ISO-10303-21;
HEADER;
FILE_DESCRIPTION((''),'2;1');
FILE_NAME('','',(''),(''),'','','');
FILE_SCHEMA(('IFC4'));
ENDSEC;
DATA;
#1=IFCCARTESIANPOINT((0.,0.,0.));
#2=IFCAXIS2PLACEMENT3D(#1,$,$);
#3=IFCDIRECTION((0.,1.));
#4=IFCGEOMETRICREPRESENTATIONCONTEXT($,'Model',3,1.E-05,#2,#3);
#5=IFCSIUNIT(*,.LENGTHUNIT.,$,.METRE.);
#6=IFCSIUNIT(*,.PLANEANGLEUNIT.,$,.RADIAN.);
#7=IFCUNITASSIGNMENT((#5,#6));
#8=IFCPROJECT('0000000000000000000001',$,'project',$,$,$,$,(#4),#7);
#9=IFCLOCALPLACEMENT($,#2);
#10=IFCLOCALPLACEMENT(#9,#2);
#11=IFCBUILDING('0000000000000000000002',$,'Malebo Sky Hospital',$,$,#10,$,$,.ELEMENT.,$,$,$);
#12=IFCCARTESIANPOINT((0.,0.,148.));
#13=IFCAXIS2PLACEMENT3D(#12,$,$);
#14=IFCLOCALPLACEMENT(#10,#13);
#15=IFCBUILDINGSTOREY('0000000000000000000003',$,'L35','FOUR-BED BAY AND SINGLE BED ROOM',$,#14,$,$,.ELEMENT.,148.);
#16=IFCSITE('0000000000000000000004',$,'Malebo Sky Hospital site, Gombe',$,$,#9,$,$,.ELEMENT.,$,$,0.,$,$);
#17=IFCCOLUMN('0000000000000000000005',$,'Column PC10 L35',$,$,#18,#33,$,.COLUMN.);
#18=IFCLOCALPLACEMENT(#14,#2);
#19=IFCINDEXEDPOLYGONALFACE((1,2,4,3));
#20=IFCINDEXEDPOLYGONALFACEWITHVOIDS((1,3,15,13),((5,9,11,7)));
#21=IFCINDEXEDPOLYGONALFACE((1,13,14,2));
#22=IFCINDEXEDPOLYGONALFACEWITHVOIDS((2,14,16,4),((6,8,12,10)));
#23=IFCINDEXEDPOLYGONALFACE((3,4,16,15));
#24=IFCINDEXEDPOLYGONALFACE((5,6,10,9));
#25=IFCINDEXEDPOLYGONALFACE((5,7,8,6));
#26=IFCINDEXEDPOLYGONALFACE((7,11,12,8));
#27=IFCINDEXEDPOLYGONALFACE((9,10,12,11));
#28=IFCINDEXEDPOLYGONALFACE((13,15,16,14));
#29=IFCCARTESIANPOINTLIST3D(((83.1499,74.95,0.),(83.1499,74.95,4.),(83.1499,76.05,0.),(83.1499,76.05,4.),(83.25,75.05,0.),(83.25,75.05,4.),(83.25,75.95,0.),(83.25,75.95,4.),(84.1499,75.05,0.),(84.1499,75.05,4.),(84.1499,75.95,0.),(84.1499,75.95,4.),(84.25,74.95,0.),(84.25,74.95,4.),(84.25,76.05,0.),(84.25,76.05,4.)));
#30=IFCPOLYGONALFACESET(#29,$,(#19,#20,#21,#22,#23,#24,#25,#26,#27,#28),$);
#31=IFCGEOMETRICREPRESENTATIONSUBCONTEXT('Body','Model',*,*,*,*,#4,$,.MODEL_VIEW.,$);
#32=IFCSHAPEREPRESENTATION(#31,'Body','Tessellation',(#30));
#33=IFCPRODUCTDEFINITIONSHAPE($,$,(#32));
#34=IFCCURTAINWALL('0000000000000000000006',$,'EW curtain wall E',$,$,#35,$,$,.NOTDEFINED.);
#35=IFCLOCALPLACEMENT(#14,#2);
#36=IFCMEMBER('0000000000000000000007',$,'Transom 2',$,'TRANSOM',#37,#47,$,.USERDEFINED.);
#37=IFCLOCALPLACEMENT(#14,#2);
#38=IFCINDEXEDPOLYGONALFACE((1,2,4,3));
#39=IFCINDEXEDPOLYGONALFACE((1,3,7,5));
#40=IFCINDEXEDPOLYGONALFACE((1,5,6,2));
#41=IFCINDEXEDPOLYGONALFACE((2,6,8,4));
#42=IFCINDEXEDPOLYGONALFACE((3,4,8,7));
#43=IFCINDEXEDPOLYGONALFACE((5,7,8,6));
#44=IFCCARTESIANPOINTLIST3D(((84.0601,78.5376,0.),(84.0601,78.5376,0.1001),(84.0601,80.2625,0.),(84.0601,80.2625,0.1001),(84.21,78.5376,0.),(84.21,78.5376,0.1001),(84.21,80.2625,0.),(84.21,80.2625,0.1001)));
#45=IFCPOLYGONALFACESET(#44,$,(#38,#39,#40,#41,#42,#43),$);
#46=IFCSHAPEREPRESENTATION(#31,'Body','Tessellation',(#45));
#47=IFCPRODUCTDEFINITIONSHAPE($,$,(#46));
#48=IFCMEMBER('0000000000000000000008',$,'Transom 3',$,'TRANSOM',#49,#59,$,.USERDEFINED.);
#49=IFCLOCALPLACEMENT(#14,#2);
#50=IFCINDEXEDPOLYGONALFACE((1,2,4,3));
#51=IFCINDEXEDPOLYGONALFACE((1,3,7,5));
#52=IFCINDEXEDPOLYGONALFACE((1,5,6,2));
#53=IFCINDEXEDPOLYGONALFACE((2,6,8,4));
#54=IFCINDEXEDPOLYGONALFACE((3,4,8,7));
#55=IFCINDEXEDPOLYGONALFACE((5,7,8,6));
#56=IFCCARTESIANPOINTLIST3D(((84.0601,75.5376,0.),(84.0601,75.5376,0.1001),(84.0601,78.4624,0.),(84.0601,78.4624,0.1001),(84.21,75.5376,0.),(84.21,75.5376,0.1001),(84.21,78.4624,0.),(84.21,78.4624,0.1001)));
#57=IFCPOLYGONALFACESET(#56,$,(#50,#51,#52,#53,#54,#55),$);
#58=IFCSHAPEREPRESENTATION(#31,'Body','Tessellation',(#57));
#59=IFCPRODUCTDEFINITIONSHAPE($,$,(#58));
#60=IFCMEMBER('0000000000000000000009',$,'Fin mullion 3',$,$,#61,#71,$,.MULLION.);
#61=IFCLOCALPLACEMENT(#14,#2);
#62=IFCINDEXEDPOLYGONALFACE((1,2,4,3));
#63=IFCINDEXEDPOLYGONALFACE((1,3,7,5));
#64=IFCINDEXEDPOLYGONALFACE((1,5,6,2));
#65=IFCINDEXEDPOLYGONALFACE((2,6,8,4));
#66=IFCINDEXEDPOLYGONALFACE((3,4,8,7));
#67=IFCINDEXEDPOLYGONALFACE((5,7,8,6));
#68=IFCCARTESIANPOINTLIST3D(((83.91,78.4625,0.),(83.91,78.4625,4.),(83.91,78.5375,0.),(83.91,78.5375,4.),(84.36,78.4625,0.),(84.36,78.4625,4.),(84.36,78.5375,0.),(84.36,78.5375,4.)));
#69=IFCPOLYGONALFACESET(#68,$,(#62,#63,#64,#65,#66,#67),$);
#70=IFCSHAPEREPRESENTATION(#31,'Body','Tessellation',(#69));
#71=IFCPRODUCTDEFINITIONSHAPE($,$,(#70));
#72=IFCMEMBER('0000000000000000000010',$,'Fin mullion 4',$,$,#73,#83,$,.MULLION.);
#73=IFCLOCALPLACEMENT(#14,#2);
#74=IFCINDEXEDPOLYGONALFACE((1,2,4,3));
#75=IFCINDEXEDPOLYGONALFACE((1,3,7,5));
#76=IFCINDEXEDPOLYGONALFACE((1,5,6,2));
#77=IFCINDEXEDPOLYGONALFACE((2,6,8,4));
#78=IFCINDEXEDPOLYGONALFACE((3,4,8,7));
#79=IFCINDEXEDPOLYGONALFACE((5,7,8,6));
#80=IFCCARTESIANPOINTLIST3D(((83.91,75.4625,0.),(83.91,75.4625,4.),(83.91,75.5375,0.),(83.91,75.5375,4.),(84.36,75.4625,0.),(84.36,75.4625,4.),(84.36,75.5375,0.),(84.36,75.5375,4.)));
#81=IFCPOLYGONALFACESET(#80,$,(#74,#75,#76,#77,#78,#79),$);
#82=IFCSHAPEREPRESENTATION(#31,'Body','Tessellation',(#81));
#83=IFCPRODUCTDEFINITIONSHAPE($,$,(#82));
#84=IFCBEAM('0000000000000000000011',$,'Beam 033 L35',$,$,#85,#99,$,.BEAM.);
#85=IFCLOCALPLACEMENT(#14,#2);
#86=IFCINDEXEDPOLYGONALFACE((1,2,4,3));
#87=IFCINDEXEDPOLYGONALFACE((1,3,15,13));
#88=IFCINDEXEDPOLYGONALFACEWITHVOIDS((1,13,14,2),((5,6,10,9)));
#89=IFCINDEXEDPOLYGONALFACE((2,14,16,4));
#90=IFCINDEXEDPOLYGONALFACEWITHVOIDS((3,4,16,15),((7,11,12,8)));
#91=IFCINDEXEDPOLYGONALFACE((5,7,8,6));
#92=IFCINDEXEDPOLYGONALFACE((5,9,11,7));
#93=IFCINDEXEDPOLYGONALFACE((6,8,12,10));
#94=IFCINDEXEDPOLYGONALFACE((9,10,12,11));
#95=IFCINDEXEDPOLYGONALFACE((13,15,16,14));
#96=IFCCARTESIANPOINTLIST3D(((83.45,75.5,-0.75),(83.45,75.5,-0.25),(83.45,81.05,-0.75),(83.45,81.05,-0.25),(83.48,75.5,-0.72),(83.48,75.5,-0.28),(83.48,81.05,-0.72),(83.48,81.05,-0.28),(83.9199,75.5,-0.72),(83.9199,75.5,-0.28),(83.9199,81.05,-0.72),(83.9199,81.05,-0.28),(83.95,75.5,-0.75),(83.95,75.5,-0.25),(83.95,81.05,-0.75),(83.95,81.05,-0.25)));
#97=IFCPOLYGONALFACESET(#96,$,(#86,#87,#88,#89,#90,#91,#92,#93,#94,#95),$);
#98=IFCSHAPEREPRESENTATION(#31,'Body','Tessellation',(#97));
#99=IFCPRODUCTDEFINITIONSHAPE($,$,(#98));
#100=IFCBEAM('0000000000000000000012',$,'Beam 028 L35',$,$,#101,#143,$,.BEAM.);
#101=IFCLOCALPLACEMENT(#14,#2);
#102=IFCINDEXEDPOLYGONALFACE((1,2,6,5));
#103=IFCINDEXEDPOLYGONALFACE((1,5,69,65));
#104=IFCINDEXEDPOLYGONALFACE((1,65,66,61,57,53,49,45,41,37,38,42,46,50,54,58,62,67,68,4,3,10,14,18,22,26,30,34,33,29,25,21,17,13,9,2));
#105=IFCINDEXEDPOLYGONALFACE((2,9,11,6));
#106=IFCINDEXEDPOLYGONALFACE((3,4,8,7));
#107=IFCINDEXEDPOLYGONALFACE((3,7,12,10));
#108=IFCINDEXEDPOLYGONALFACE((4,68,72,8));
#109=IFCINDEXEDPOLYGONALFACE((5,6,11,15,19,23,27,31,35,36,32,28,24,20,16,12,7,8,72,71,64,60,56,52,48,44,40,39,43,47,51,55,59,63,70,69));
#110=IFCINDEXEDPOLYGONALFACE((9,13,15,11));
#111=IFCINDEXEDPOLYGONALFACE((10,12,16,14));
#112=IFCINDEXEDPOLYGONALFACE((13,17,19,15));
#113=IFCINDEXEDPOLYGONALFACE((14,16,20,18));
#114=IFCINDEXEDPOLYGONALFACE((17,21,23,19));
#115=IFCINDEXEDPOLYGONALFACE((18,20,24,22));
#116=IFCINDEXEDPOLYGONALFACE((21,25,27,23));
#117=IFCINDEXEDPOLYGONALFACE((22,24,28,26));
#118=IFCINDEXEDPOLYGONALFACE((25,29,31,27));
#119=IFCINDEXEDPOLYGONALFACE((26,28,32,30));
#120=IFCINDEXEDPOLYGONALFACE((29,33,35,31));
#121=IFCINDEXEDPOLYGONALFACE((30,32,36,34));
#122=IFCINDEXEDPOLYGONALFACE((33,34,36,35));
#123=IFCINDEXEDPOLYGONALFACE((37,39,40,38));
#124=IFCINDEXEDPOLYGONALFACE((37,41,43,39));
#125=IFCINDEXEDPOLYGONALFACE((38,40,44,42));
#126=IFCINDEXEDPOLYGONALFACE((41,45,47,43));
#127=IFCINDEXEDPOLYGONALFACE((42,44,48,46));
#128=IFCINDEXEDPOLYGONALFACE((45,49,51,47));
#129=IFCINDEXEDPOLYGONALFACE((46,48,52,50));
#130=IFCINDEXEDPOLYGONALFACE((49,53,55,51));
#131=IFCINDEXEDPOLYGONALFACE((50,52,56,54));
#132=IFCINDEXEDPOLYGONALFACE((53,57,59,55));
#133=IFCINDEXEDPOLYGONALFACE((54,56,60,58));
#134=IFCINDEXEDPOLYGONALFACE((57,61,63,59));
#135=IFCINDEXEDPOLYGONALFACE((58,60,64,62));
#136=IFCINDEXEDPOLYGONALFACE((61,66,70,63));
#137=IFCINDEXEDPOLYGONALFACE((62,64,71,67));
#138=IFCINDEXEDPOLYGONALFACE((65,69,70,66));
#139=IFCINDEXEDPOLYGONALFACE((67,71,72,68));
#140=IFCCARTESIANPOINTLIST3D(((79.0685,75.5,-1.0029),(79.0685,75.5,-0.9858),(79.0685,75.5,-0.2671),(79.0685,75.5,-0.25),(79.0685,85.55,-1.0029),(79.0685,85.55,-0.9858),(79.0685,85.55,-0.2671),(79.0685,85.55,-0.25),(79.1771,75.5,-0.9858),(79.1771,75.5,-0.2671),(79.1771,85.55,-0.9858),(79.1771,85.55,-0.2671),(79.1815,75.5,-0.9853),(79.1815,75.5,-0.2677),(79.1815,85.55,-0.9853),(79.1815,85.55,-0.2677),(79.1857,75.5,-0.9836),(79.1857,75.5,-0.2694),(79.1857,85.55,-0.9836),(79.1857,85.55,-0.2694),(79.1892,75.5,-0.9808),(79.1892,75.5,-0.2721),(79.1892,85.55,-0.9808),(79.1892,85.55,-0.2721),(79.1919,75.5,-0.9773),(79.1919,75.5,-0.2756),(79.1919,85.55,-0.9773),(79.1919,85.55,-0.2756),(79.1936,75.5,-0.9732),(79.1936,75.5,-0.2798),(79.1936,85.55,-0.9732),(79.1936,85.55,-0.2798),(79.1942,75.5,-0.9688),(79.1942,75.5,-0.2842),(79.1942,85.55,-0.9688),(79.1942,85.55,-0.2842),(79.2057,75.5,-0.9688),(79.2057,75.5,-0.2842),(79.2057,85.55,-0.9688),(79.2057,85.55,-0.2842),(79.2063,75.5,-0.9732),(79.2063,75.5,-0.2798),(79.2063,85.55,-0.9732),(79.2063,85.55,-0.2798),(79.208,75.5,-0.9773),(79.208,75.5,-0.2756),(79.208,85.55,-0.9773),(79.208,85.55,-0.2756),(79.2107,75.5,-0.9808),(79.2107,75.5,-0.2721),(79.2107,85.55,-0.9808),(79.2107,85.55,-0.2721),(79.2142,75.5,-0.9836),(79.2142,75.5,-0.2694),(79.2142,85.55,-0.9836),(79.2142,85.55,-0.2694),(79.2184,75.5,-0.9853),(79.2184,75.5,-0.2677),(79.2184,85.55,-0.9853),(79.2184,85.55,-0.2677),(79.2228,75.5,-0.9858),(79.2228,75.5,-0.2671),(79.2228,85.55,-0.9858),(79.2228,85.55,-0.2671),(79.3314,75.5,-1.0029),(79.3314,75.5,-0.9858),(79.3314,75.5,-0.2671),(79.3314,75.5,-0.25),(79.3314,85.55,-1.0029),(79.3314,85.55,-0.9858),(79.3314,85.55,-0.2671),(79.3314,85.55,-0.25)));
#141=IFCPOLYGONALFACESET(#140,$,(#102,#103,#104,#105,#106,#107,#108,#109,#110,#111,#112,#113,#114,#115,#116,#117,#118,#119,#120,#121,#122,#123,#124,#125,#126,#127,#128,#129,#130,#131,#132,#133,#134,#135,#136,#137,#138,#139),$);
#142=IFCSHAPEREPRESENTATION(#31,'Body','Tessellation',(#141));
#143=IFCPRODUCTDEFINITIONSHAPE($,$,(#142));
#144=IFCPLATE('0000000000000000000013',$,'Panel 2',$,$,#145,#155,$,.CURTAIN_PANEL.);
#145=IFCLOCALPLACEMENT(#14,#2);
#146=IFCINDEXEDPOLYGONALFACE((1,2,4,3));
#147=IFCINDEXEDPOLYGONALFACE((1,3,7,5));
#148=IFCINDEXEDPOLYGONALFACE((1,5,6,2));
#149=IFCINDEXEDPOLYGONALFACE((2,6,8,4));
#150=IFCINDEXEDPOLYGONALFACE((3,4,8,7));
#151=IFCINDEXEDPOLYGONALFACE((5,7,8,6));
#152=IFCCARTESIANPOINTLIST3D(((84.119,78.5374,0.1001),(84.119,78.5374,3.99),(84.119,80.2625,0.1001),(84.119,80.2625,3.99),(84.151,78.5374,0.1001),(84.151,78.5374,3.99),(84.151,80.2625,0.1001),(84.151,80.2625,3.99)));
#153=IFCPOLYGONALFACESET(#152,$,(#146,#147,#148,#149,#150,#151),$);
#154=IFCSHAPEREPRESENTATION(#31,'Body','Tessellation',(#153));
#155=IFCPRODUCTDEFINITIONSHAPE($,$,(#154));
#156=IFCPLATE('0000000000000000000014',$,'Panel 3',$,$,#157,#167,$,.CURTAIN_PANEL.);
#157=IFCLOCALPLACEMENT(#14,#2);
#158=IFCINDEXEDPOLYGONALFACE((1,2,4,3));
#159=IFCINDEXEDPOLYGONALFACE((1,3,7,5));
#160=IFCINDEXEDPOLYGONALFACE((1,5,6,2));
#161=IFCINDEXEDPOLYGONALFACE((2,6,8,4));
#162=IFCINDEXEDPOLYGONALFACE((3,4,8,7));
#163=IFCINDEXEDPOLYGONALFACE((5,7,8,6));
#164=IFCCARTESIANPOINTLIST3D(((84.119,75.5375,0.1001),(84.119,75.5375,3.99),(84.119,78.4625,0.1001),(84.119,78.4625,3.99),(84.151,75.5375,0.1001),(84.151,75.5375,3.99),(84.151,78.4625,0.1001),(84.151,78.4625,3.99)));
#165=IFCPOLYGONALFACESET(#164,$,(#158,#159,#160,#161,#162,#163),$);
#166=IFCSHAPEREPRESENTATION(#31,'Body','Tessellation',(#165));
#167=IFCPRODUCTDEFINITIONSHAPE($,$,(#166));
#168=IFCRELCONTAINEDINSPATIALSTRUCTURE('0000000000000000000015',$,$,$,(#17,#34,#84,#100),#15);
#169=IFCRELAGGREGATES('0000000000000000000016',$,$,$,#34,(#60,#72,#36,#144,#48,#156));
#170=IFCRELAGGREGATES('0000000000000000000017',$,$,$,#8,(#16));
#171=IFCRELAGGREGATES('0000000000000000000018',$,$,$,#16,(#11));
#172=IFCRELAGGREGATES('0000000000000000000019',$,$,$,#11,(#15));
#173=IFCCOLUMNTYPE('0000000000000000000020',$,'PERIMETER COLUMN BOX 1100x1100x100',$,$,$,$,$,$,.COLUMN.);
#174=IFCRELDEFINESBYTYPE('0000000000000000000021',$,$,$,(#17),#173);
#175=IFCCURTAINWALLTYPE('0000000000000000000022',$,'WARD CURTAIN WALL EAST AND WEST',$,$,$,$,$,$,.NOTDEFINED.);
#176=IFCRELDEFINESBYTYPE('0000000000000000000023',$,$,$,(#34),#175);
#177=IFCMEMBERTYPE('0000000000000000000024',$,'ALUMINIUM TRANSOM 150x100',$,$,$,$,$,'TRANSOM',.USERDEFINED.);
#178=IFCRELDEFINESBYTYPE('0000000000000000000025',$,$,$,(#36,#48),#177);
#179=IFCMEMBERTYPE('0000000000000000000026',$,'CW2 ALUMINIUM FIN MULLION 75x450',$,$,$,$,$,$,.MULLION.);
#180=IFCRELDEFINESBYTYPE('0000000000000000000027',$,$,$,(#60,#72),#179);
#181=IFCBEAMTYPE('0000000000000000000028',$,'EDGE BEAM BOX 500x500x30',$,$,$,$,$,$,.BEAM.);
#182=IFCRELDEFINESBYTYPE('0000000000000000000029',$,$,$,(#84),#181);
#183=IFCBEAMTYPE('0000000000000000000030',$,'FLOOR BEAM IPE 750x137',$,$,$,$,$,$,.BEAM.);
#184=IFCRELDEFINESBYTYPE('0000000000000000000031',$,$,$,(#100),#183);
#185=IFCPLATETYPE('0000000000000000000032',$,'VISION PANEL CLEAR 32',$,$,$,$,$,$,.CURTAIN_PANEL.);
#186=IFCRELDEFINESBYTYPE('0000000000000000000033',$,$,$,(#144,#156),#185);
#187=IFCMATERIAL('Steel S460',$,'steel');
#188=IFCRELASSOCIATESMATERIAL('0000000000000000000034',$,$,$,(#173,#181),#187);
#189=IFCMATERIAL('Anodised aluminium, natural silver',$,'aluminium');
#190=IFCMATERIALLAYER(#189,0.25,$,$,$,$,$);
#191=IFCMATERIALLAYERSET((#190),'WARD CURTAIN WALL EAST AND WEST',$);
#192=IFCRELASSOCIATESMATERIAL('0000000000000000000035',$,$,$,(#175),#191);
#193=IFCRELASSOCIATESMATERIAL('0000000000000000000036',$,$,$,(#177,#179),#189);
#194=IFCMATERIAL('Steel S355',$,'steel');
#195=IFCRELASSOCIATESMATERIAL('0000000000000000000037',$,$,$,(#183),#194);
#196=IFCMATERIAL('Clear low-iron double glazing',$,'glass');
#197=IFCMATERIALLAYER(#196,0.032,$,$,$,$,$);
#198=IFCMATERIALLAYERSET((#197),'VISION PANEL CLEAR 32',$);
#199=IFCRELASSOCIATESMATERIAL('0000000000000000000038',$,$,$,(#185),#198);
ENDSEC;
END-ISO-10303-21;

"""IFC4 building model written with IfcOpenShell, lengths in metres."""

from ifc_helpers import new_model, si_unit, direction, frame, origin, origin_2d, place, context, subcontext, project, spatial, rectangle, hollow_rectangle, i_section, extrude, material, layer, layer_set, material_profile, profile_set, type_object, element, aggregate, save


model = new_model("IFC4")

# Units and contexts
model_context = context("Model", 3, precision=1e-05, world=origin(), true_north=direction((0.0, 1.0)))
body_context = subcontext(model_context, "Body", "Model", "MODEL_VIEW")
ifc_project = project(units=[si_unit("LENGTHUNIT", "METRE"), si_unit("PLANEANGLEUNIT", "RADIAN")], contexts=[model_context])

# Site, building, storey
site_placement = place(None, origin())
site = spatial("IfcSite", under=ifc_project, at=site_placement, Name="Malebo Sky Hospital site, Gombe", CompositionType="ELEMENT", RefElevation=0.0)
building_placement = place(site_placement, origin())
building = spatial("IfcBuilding", under=site, at=building_placement, Name="Malebo Sky Hospital", CompositionType="ELEMENT")
storey_placement = place(building_placement, frame((0.0, 0.0, 148.0)))
storey = spatial("IfcBuildingStorey", under=building, at=storey_placement, Name="L35", Description="FOUR-BED BAY AND SINGLE BED ROOM", CompositionType="ELEMENT", Elevation=148.0)

# Column
ifc_material_1 = material(Name="Steel S460", Category="steel")
ifc_material_profile_1 = material_profile(ifc_material_1, hollow_rectangle(XDim=1.1001, YDim=1.1001, WallThickness=0.1001, at=origin_2d()), Name="BOX 1100x1100x100")
ifc_profile_set_1 = profile_set([ifc_material_profile_1], Name="Steel S460")
column_type = type_object("IfcColumnType", Name="PERIMETER COLUMN BOX 1100x1100x100", PredefinedType="COLUMN", material=ifc_profile_set_1)
column_placement = place(storey_placement, frame((83.7, 75.5, 0.0), z_axis=(0.0, 0.0, 1.0), x_axis=(1.0, 0.0, 0.0)))
element("IfcColumn", 1, at=column_placement, inside=storey, type_object=column_type, Name="Column PC10 L35", PredefinedType="COLUMN", context=body_context, shape_type="SweptSolid", body=[
    extrude(hollow_rectangle(XDim=1.1001, YDim=1.1001, WallThickness=0.1001, at=origin_2d()), origin(), (0.0, 0.0, 1.0), 4.0),
])

# Curtain wall, members
ifc_material_2 = material(Name="Anodised aluminium, natural silver", Category="aluminium")
ifc_layer_1 = layer(ifc_material_2, 0.25)
ifc_layer_set_1 = layer_set([ifc_layer_1], Name="WARD CURTAIN WALL EAST AND WEST")
curtain_wall_type = type_object("IfcCurtainWallType", Name="WARD CURTAIN WALL EAST AND WEST", PredefinedType="NOTDEFINED", material=ifc_layer_set_1)
curtain_wall_placement = place(storey_placement, origin())
curtain_wall = element("IfcCurtainWall", 2, at=curtain_wall_placement, inside=storey, type_object=curtain_wall_type, Name="EW curtain wall E", PredefinedType="NOTDEFINED")
ifc_material_profile_2 = material_profile(ifc_material_2, rectangle(XDim=0.1499, YDim=0.1001, at=origin_2d()), Name="ALUMINIUM TRANSOM 150x100")
ifc_profile_set_2 = profile_set([ifc_material_profile_2], Name="Anodised aluminium, natural silver")
member_type_1 = type_object("IfcMemberType", Name="ALUMINIUM TRANSOM 150x100", ElementType="TRANSOM", PredefinedType="USERDEFINED", material=ifc_profile_set_2)
member_1_placement = place(storey_placement, frame((84.135, 80.2625, 0.05), z_axis=(0.0, -1.0, 0.0), x_axis=(1.0, 0.0, 0.0)))
member_1 = element("IfcMember", 3, at=member_1_placement, type_object=member_type_1, Name="Transom 2", ObjectType="TRANSOM", PredefinedType="USERDEFINED", context=body_context, shape_type="SweptSolid", body=[
    extrude(rectangle(XDim=0.1499, YDim=0.1001, at=origin_2d()), origin(), (0.0, 0.0, 1.0), 1.7249),
])
member_2_placement = place(storey_placement, frame((84.135, 78.4624, 0.05), z_axis=(0.0, -1.0, 0.0), x_axis=(1.0, 0.0, 0.0)))
member_2 = element("IfcMember", 4, at=member_2_placement, type_object=member_type_1, Name="Transom 3", ObjectType="TRANSOM", PredefinedType="USERDEFINED", context=body_context, shape_type="SweptSolid", body=[
    extrude(rectangle(XDim=0.1499, YDim=0.1001, at=origin_2d()), origin(), (0.0, 0.0, 1.0), 2.9248),
])
ifc_material_profile_3 = material_profile(ifc_material_2, rectangle(XDim=0.075, YDim=0.45, at=origin_2d()), Name="CW2 ALUMINIUM FIN MULLION 75x450")
ifc_profile_set_3 = profile_set([ifc_material_profile_3], Name="Anodised aluminium, natural silver")
member_type_2 = type_object("IfcMemberType", Name="CW2 ALUMINIUM FIN MULLION 75x450", PredefinedType="MULLION", material=ifc_profile_set_3)
member_3_placement = place(storey_placement, frame((84.135, 78.5, 0.0), z_axis=(0.0, 0.0, 1.0), x_axis=(0.0, -1.0, 0.0)))
member_3 = element("IfcMember", 5, at=member_3_placement, type_object=member_type_2, Name="Fin mullion 3", PredefinedType="MULLION", context=body_context, shape_type="SweptSolid", body=[
    extrude(rectangle(XDim=0.075, YDim=0.45, at=origin_2d()), origin(), (0.0, 0.0, 1.0), 4.0),
])
member_4_placement = place(storey_placement, frame((84.135, 75.5, 0.0), z_axis=(0.0, 0.0, 1.0), x_axis=(0.0, -1.0, 0.0)))
member_4 = element("IfcMember", 6, at=member_4_placement, type_object=member_type_2, Name="Fin mullion 4", PredefinedType="MULLION", context=body_context, shape_type="SweptSolid", body=[
    extrude(rectangle(XDim=0.075, YDim=0.45, at=origin_2d()), origin(), (0.0, 0.0, 1.0), 4.0),
])

# Beams
ifc_material_profile_4 = material_profile(ifc_material_1, hollow_rectangle(XDim=0.5, YDim=0.5, WallThickness=0.03, at=origin_2d()), Name="BOX 500x500x30")
ifc_profile_set_4 = profile_set([ifc_material_profile_4], Name="Steel S460")
beam_type_1 = type_object("IfcBeamType", Name="EDGE BEAM BOX 500x500x30", PredefinedType="BEAM", material=ifc_profile_set_4)
beam_1_placement = place(storey_placement, frame((83.7, 75.5, -0.5), z_axis=(0.0, 1.0, 0.0), x_axis=(-1.0, 0.0, 0.0)))
element("IfcBeam", 7, at=beam_1_placement, inside=storey, type_object=beam_type_1, Name="Beam 033 L35", PredefinedType="BEAM", context=body_context, shape_type="SweptSolid", body=[
    extrude(hollow_rectangle(XDim=0.5, YDim=0.5, WallThickness=0.03, at=origin_2d()), origin(), (0.0, 0.0, 1.0), 5.55),
])
ifc_material_3 = material(Name="Steel S355", Category="steel")
ifc_material_profile_5 = material_profile(ifc_material_3, i_section(OverallWidth=0.2629, OverallDepth=0.7529, WebThickness=0.0115, FlangeThickness=0.0171, FilletRadius=0.0171, at=origin_2d()), Name="IPE 750x137")
ifc_profile_set_5 = profile_set([ifc_material_profile_5], Name="Steel S355")
beam_type_2 = type_object("IfcBeamType", Name="FLOOR BEAM IPE 750x137", PredefinedType="BEAM", material=ifc_profile_set_5)
beam_2_placement = place(storey_placement, frame((79.2, 75.5, -0.6265), z_axis=(0.0, 1.0, 0.0), x_axis=(-1.0, 0.0, 0.0)))
element("IfcBeam", 8, at=beam_2_placement, inside=storey, type_object=beam_type_2, Name="Beam 028 L35", PredefinedType="BEAM", context=body_context, shape_type="SweptSolid", body=[
    extrude(i_section(OverallWidth=0.2629, OverallDepth=0.7529, WebThickness=0.0115, FlangeThickness=0.0171, FilletRadius=0.0171, at=origin_2d()), origin(), (0.0, 0.0, 1.0), 10.05),
])

# Plates
ifc_material_4 = material(Name="Clear low-iron double glazing", Category="glass")
ifc_layer_2 = layer(ifc_material_4, 0.032)
ifc_layer_set_2 = layer_set([ifc_layer_2], Name="VISION PANEL CLEAR 32")
plate_type = type_object("IfcPlateType", Name="VISION PANEL CLEAR 32", PredefinedType="CURTAIN_PANEL", material=ifc_layer_set_2)
plate_1_placement = place(storey_placement, frame((84.135, 79.3999, 0.1001), z_axis=(0.0, 0.0, 1.0), x_axis=(0.0, -1.0, 0.0)))
plate_1 = element("IfcPlate", 9, at=plate_1_placement, type_object=plate_type, Name="Panel 2", PredefinedType="CURTAIN_PANEL", context=body_context, shape_type="SweptSolid", body=[
    extrude(rectangle(XDim=1.7251, YDim=0.032, at=origin_2d()), origin(), (0.0, 0.0, 1.0), 3.8899),
])
plate_2_placement = place(storey_placement, frame((84.135, 77.0, 0.1001), z_axis=(0.0, 0.0, 1.0), x_axis=(0.0, -1.0, 0.0)))
plate_2 = element("IfcPlate", 10, at=plate_2_placement, type_object=plate_type, Name="Panel 3", PredefinedType="CURTAIN_PANEL", context=body_context, shape_type="SweptSolid", body=[
    extrude(rectangle(XDim=2.925, YDim=0.032, at=origin_2d()), origin(), (0.0, 0.0, 1.0), 3.8899),
])
aggregate(curtain_wall, [member_3, member_4, member_1, plate_1, member_2, plate_2])

save(model, "model.ifc")
